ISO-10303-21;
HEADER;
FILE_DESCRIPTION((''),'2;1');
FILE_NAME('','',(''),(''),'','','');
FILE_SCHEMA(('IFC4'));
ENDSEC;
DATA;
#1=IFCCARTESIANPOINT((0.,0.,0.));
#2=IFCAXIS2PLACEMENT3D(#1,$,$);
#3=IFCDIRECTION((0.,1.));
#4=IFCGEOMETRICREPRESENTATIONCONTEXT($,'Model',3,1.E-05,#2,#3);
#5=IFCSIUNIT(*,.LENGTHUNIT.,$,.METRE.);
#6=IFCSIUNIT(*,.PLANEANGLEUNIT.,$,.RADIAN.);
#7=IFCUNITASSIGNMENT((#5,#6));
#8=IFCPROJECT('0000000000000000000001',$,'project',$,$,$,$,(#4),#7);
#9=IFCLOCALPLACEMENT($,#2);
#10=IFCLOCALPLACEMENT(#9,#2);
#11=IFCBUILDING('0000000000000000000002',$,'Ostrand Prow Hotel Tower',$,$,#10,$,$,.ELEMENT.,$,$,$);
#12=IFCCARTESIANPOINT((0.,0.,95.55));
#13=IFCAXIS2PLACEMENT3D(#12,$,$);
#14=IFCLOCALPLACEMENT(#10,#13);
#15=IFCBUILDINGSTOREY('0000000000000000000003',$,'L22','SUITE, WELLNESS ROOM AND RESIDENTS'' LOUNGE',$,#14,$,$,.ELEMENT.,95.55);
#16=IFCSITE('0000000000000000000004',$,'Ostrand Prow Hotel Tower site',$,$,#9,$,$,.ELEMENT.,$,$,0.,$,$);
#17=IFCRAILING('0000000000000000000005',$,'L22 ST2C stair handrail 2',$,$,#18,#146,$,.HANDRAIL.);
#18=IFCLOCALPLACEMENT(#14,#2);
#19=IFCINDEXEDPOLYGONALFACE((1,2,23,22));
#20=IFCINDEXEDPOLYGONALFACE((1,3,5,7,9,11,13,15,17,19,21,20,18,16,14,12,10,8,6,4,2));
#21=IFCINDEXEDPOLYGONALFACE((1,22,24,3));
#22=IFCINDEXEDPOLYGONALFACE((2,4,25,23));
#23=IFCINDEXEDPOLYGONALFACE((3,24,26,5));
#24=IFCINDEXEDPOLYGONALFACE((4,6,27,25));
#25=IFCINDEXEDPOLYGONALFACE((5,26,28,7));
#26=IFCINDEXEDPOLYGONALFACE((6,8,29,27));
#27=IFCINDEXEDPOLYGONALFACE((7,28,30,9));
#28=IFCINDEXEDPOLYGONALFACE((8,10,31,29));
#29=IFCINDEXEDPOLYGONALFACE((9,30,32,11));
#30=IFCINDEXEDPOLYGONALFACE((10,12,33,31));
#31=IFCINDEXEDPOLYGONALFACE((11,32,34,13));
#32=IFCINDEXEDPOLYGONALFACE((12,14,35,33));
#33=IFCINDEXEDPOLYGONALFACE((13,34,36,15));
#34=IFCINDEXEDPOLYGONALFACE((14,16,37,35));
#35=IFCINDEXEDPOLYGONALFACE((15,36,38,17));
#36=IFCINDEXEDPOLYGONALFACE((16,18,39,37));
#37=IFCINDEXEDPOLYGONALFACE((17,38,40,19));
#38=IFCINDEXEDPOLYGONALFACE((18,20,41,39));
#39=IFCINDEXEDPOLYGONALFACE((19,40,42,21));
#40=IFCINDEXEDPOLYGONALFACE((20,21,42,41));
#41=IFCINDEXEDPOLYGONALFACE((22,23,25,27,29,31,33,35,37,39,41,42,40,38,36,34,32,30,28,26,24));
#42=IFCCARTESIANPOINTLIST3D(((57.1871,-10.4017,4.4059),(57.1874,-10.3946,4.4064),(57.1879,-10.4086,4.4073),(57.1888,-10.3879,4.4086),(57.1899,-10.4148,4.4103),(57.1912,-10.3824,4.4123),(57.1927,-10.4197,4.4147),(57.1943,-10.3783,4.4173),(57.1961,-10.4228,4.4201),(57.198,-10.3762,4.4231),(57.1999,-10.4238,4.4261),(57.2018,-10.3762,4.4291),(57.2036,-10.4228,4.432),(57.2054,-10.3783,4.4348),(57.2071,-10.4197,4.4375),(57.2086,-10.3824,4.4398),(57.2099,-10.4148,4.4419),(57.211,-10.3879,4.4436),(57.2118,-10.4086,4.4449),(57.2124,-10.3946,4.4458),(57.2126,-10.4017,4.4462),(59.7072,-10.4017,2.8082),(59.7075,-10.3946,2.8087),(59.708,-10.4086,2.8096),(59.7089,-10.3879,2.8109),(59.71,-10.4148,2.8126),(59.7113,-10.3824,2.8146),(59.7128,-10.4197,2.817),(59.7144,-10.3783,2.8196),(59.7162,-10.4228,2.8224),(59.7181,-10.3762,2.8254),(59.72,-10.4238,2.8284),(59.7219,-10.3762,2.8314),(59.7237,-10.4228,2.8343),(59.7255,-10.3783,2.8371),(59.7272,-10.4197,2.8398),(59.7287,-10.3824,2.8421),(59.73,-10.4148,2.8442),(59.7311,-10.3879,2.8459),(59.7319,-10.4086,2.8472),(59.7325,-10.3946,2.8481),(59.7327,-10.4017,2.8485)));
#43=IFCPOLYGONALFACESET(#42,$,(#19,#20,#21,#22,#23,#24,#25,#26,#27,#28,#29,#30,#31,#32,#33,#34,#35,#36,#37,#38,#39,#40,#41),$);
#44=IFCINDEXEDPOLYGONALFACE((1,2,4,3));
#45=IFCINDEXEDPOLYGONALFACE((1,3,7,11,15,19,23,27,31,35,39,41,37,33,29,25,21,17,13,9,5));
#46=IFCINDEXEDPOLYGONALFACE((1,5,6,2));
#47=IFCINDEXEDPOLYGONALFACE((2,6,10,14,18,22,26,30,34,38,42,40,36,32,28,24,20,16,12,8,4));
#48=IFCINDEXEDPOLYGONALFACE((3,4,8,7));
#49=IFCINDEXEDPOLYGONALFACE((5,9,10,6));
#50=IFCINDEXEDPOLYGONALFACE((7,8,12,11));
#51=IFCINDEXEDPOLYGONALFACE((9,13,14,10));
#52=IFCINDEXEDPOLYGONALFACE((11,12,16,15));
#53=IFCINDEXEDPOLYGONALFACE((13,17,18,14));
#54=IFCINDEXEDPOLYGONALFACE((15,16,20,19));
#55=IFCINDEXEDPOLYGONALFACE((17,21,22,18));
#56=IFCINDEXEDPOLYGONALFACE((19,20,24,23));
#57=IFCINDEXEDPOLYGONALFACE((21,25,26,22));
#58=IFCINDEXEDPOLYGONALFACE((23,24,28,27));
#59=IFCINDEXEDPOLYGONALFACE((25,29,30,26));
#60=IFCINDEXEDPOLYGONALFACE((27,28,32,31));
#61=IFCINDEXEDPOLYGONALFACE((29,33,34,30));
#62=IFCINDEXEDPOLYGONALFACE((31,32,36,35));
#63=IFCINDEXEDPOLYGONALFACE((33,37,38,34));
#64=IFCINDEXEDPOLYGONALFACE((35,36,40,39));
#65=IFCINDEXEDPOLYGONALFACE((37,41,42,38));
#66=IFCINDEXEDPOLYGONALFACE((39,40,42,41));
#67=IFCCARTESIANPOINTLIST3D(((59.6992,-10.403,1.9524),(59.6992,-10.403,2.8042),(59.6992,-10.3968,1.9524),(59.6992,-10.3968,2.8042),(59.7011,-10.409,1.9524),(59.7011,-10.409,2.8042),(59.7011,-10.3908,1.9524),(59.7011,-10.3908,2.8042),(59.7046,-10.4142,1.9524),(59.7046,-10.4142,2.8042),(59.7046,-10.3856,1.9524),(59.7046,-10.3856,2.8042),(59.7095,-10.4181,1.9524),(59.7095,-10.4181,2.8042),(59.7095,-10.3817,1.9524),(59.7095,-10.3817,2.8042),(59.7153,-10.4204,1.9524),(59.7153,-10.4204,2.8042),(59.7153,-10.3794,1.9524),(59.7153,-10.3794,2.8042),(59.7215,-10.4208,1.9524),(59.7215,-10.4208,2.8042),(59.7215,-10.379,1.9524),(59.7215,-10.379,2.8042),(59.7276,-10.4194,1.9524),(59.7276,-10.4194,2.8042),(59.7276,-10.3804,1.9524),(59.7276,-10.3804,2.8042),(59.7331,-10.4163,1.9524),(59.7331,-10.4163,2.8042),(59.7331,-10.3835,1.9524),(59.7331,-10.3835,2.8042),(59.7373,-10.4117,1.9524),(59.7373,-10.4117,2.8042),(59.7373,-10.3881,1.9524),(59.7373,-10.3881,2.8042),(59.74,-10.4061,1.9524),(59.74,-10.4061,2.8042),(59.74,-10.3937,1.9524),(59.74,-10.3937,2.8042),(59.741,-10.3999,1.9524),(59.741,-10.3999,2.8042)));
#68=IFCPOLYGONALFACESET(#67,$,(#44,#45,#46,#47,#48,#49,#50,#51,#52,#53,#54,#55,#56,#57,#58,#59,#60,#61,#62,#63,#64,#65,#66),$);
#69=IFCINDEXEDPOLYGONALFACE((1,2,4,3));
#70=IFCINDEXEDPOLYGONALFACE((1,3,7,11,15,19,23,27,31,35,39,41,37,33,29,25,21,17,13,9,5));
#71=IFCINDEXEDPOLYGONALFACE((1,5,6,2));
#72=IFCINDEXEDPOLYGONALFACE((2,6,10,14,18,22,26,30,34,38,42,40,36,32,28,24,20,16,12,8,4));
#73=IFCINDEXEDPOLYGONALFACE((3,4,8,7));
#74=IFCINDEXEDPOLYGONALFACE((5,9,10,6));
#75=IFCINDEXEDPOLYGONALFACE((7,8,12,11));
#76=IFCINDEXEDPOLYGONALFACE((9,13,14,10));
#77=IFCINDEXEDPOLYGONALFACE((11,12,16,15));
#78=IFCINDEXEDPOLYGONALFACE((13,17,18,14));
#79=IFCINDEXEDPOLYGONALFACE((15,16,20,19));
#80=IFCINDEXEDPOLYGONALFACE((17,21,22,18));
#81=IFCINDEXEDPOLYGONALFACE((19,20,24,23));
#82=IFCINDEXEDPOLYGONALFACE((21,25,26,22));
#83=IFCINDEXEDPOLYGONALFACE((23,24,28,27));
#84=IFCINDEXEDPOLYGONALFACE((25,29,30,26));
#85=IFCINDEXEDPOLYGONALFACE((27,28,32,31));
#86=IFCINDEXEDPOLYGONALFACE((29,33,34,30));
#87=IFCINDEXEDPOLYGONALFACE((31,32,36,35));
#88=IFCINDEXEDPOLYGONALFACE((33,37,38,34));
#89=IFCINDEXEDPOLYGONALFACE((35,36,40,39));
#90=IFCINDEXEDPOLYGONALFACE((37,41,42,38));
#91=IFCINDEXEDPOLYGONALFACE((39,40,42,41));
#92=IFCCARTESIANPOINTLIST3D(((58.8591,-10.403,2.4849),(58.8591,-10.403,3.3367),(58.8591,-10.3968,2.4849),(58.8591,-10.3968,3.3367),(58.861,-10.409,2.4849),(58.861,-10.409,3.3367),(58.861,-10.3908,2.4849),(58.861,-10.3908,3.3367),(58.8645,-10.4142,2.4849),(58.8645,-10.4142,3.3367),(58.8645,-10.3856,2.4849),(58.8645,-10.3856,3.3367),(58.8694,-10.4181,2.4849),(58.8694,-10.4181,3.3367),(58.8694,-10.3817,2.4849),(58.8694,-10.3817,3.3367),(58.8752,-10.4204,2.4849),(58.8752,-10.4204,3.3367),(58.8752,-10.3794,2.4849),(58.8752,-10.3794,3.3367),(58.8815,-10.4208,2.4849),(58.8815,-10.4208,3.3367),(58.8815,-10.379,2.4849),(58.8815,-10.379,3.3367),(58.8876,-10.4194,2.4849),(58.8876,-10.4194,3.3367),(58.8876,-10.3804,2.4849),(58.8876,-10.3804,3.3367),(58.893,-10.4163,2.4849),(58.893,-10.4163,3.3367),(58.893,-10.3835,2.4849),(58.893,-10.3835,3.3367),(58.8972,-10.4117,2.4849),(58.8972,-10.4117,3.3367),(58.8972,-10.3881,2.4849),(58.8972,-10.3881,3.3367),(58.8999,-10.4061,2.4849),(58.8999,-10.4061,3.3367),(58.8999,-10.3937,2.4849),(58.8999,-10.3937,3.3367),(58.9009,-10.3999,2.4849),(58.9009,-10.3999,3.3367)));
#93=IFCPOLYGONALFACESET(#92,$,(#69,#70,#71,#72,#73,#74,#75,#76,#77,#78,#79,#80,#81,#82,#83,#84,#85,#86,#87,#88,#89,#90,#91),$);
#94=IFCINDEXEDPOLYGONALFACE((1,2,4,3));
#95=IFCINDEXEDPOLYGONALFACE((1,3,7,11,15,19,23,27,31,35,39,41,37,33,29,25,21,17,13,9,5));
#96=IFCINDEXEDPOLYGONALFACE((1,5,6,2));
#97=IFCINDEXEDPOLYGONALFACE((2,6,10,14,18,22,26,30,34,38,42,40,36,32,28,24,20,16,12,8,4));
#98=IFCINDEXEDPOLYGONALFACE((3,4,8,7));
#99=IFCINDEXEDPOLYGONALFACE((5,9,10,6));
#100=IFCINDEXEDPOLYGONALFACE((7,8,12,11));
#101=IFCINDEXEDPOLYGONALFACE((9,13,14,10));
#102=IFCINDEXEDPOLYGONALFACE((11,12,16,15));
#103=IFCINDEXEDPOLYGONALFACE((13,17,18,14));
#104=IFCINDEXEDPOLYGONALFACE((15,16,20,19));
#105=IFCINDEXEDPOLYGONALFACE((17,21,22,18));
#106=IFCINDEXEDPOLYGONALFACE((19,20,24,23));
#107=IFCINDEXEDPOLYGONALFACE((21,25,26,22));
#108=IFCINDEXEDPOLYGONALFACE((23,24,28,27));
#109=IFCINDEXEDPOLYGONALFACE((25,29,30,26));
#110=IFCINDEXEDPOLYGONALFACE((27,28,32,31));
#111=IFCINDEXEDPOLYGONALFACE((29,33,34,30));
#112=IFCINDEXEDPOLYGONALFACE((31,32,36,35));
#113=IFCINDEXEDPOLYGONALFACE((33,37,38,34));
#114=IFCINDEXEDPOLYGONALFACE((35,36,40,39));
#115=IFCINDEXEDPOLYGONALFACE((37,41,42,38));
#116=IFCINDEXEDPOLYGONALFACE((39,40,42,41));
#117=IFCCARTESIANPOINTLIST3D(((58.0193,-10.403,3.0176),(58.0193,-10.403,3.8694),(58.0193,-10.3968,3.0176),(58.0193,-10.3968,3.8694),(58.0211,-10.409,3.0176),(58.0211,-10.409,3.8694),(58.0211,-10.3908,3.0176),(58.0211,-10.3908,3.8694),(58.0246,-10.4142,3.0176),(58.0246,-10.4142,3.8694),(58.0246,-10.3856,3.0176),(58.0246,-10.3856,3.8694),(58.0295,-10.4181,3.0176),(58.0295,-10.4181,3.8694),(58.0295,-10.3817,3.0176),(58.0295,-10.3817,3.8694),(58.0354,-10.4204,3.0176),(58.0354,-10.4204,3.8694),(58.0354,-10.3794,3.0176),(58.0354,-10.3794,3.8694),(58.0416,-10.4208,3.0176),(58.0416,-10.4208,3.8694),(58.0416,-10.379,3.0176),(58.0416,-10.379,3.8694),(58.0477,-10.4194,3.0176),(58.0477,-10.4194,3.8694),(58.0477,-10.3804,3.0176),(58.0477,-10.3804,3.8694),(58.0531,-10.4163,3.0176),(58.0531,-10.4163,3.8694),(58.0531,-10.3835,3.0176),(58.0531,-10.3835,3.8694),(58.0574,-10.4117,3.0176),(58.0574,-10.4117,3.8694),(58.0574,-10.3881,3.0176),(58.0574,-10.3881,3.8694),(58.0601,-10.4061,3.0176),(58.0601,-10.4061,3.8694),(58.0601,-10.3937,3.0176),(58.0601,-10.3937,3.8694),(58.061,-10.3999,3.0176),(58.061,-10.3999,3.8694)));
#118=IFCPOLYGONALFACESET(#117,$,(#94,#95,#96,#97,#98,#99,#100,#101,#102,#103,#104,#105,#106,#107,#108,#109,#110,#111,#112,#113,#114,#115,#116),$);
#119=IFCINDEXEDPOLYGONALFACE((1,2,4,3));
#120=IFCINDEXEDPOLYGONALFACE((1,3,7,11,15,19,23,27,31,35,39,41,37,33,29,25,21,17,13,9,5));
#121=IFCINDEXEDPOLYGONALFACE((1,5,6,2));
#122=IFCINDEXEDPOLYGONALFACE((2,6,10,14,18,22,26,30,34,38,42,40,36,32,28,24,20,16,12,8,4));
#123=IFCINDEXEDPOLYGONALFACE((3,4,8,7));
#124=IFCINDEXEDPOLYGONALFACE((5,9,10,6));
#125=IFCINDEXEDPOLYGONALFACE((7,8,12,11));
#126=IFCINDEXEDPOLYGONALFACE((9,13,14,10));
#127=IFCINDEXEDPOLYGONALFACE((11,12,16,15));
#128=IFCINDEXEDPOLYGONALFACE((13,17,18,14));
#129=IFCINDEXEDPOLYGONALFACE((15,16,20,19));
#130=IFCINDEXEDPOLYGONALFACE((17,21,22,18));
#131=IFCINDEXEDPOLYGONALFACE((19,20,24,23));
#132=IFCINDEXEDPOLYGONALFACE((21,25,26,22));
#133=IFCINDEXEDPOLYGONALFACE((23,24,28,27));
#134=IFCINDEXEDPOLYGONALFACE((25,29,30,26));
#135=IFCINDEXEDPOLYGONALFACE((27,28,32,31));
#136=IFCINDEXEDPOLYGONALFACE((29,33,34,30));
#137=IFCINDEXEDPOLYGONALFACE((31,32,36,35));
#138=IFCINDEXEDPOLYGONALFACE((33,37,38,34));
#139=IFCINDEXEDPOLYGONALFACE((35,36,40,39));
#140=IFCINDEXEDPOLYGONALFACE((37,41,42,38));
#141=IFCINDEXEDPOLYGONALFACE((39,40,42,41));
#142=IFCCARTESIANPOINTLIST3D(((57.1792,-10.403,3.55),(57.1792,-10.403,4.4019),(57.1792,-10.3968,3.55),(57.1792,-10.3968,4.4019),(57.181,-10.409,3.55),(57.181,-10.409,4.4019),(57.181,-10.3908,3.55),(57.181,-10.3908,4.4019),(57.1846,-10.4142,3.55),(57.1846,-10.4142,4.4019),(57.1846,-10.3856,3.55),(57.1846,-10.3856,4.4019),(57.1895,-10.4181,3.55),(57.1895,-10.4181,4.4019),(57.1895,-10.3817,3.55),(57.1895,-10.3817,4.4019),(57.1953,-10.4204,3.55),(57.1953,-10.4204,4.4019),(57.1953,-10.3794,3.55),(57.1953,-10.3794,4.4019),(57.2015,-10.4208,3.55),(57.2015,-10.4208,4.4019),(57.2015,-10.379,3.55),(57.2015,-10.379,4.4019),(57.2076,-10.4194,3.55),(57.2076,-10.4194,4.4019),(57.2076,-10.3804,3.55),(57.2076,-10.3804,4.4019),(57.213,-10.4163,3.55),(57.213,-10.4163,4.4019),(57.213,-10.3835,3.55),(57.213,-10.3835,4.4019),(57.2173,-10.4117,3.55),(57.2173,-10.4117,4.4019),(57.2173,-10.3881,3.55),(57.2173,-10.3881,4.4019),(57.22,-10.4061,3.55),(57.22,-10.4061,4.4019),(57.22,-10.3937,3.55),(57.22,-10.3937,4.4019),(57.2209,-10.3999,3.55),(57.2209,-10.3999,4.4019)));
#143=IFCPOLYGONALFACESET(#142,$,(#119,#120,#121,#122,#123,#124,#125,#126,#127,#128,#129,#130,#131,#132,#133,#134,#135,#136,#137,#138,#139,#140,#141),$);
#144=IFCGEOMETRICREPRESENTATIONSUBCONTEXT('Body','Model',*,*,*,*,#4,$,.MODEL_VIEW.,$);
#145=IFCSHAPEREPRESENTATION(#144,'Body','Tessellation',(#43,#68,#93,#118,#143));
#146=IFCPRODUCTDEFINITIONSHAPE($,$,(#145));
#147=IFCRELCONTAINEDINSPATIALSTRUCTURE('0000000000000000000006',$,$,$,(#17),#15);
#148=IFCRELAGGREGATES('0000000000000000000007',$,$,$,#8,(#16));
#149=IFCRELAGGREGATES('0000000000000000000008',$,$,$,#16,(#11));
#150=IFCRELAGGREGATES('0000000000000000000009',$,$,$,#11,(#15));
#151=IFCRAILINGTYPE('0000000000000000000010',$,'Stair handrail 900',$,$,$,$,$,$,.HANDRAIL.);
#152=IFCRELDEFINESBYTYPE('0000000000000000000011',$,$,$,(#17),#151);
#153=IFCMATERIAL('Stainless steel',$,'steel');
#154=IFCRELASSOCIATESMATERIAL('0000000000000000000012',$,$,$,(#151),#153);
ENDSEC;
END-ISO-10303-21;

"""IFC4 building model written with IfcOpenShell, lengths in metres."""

from ifc_helpers import new_model, si_unit, direction, frame, origin, origin_2d, place, context, subcontext, project, spatial, circle, extrude, material, type_object, element, save


model = new_model("IFC4")

# Units and contexts
model_context = context("Model", 3, precision=1e-05, world=origin(), true_north=direction((0.0, 1.0)))
body_context = subcontext(model_context, "Body", "Model", "MODEL_VIEW")
ifc_project = project(units=[si_unit("LENGTHUNIT", "METRE"), si_unit("PLANEANGLEUNIT", "RADIAN")], contexts=[model_context])

# Site, building, storey
site_placement = place(None, origin())
site = spatial("IfcSite", under=ifc_project, at=site_placement, Name="Ostrand Prow Hotel Tower site", CompositionType="ELEMENT", RefElevation=0.0)
building_placement = place(site_placement, origin())
building = spatial("IfcBuilding", under=site, at=building_placement, Name="Ostrand Prow Hotel Tower", CompositionType="ELEMENT")
storey_placement = place(building_placement, frame((0.0, 0.0, 95.55)))
storey = spatial("IfcBuildingStorey", under=building, at=storey_placement, Name="L22", Description="SUITE, WELLNESS ROOM AND RESIDENTS' LOUNGE", CompositionType="ELEMENT", Elevation=95.55)

# Railing
ifc_material_1 = material(Name="Stainless steel", Category="steel")
railing_type_1 = type_object("IfcRailingType", Name="Stair handrail 900", PredefinedType="HANDRAIL", material=ifc_material_1)
railing_1_placement = place(storey_placement, frame((59.72, -10.3999, 1.9524)))
element("IfcRailing", 1, at=railing_1_placement, inside=storey, type_object=railing_type_1, Name="L22 ST2C stair handrail 2", PredefinedType="HANDRAIL", context=body_context, shape_type="SweptSolid", body=[
    extrude(circle(Radius=0.0239, at=origin_2d()), frame((0.0, 0.0, 0.876), z_axis=(-0.84457, 0.0, 0.535445), x_axis=(0.0, -1.0, 0.0)), (0.0, 0.0, 1.0), 2.9839),
    extrude(circle(Radius=0.021, at=origin_2d()), origin(), (0.0, 0.0, 1.0), 0.8518),
    extrude(circle(Radius=0.021, at=origin_2d()), frame((-0.8401, 0.0, 0.5325)), (0.0, 0.0, 1.0), 0.8518),
    extrude(circle(Radius=0.021, at=origin_2d()), frame((-1.6799, 0.0, 1.0652)), (0.0, 0.0, 1.0), 0.8518),
    extrude(circle(Radius=0.021, at=origin_2d()), frame((-2.52, 0.0, 1.5977)), (0.0, 0.0, 1.0), 0.8518),
])

save(model, "model.ifc")
